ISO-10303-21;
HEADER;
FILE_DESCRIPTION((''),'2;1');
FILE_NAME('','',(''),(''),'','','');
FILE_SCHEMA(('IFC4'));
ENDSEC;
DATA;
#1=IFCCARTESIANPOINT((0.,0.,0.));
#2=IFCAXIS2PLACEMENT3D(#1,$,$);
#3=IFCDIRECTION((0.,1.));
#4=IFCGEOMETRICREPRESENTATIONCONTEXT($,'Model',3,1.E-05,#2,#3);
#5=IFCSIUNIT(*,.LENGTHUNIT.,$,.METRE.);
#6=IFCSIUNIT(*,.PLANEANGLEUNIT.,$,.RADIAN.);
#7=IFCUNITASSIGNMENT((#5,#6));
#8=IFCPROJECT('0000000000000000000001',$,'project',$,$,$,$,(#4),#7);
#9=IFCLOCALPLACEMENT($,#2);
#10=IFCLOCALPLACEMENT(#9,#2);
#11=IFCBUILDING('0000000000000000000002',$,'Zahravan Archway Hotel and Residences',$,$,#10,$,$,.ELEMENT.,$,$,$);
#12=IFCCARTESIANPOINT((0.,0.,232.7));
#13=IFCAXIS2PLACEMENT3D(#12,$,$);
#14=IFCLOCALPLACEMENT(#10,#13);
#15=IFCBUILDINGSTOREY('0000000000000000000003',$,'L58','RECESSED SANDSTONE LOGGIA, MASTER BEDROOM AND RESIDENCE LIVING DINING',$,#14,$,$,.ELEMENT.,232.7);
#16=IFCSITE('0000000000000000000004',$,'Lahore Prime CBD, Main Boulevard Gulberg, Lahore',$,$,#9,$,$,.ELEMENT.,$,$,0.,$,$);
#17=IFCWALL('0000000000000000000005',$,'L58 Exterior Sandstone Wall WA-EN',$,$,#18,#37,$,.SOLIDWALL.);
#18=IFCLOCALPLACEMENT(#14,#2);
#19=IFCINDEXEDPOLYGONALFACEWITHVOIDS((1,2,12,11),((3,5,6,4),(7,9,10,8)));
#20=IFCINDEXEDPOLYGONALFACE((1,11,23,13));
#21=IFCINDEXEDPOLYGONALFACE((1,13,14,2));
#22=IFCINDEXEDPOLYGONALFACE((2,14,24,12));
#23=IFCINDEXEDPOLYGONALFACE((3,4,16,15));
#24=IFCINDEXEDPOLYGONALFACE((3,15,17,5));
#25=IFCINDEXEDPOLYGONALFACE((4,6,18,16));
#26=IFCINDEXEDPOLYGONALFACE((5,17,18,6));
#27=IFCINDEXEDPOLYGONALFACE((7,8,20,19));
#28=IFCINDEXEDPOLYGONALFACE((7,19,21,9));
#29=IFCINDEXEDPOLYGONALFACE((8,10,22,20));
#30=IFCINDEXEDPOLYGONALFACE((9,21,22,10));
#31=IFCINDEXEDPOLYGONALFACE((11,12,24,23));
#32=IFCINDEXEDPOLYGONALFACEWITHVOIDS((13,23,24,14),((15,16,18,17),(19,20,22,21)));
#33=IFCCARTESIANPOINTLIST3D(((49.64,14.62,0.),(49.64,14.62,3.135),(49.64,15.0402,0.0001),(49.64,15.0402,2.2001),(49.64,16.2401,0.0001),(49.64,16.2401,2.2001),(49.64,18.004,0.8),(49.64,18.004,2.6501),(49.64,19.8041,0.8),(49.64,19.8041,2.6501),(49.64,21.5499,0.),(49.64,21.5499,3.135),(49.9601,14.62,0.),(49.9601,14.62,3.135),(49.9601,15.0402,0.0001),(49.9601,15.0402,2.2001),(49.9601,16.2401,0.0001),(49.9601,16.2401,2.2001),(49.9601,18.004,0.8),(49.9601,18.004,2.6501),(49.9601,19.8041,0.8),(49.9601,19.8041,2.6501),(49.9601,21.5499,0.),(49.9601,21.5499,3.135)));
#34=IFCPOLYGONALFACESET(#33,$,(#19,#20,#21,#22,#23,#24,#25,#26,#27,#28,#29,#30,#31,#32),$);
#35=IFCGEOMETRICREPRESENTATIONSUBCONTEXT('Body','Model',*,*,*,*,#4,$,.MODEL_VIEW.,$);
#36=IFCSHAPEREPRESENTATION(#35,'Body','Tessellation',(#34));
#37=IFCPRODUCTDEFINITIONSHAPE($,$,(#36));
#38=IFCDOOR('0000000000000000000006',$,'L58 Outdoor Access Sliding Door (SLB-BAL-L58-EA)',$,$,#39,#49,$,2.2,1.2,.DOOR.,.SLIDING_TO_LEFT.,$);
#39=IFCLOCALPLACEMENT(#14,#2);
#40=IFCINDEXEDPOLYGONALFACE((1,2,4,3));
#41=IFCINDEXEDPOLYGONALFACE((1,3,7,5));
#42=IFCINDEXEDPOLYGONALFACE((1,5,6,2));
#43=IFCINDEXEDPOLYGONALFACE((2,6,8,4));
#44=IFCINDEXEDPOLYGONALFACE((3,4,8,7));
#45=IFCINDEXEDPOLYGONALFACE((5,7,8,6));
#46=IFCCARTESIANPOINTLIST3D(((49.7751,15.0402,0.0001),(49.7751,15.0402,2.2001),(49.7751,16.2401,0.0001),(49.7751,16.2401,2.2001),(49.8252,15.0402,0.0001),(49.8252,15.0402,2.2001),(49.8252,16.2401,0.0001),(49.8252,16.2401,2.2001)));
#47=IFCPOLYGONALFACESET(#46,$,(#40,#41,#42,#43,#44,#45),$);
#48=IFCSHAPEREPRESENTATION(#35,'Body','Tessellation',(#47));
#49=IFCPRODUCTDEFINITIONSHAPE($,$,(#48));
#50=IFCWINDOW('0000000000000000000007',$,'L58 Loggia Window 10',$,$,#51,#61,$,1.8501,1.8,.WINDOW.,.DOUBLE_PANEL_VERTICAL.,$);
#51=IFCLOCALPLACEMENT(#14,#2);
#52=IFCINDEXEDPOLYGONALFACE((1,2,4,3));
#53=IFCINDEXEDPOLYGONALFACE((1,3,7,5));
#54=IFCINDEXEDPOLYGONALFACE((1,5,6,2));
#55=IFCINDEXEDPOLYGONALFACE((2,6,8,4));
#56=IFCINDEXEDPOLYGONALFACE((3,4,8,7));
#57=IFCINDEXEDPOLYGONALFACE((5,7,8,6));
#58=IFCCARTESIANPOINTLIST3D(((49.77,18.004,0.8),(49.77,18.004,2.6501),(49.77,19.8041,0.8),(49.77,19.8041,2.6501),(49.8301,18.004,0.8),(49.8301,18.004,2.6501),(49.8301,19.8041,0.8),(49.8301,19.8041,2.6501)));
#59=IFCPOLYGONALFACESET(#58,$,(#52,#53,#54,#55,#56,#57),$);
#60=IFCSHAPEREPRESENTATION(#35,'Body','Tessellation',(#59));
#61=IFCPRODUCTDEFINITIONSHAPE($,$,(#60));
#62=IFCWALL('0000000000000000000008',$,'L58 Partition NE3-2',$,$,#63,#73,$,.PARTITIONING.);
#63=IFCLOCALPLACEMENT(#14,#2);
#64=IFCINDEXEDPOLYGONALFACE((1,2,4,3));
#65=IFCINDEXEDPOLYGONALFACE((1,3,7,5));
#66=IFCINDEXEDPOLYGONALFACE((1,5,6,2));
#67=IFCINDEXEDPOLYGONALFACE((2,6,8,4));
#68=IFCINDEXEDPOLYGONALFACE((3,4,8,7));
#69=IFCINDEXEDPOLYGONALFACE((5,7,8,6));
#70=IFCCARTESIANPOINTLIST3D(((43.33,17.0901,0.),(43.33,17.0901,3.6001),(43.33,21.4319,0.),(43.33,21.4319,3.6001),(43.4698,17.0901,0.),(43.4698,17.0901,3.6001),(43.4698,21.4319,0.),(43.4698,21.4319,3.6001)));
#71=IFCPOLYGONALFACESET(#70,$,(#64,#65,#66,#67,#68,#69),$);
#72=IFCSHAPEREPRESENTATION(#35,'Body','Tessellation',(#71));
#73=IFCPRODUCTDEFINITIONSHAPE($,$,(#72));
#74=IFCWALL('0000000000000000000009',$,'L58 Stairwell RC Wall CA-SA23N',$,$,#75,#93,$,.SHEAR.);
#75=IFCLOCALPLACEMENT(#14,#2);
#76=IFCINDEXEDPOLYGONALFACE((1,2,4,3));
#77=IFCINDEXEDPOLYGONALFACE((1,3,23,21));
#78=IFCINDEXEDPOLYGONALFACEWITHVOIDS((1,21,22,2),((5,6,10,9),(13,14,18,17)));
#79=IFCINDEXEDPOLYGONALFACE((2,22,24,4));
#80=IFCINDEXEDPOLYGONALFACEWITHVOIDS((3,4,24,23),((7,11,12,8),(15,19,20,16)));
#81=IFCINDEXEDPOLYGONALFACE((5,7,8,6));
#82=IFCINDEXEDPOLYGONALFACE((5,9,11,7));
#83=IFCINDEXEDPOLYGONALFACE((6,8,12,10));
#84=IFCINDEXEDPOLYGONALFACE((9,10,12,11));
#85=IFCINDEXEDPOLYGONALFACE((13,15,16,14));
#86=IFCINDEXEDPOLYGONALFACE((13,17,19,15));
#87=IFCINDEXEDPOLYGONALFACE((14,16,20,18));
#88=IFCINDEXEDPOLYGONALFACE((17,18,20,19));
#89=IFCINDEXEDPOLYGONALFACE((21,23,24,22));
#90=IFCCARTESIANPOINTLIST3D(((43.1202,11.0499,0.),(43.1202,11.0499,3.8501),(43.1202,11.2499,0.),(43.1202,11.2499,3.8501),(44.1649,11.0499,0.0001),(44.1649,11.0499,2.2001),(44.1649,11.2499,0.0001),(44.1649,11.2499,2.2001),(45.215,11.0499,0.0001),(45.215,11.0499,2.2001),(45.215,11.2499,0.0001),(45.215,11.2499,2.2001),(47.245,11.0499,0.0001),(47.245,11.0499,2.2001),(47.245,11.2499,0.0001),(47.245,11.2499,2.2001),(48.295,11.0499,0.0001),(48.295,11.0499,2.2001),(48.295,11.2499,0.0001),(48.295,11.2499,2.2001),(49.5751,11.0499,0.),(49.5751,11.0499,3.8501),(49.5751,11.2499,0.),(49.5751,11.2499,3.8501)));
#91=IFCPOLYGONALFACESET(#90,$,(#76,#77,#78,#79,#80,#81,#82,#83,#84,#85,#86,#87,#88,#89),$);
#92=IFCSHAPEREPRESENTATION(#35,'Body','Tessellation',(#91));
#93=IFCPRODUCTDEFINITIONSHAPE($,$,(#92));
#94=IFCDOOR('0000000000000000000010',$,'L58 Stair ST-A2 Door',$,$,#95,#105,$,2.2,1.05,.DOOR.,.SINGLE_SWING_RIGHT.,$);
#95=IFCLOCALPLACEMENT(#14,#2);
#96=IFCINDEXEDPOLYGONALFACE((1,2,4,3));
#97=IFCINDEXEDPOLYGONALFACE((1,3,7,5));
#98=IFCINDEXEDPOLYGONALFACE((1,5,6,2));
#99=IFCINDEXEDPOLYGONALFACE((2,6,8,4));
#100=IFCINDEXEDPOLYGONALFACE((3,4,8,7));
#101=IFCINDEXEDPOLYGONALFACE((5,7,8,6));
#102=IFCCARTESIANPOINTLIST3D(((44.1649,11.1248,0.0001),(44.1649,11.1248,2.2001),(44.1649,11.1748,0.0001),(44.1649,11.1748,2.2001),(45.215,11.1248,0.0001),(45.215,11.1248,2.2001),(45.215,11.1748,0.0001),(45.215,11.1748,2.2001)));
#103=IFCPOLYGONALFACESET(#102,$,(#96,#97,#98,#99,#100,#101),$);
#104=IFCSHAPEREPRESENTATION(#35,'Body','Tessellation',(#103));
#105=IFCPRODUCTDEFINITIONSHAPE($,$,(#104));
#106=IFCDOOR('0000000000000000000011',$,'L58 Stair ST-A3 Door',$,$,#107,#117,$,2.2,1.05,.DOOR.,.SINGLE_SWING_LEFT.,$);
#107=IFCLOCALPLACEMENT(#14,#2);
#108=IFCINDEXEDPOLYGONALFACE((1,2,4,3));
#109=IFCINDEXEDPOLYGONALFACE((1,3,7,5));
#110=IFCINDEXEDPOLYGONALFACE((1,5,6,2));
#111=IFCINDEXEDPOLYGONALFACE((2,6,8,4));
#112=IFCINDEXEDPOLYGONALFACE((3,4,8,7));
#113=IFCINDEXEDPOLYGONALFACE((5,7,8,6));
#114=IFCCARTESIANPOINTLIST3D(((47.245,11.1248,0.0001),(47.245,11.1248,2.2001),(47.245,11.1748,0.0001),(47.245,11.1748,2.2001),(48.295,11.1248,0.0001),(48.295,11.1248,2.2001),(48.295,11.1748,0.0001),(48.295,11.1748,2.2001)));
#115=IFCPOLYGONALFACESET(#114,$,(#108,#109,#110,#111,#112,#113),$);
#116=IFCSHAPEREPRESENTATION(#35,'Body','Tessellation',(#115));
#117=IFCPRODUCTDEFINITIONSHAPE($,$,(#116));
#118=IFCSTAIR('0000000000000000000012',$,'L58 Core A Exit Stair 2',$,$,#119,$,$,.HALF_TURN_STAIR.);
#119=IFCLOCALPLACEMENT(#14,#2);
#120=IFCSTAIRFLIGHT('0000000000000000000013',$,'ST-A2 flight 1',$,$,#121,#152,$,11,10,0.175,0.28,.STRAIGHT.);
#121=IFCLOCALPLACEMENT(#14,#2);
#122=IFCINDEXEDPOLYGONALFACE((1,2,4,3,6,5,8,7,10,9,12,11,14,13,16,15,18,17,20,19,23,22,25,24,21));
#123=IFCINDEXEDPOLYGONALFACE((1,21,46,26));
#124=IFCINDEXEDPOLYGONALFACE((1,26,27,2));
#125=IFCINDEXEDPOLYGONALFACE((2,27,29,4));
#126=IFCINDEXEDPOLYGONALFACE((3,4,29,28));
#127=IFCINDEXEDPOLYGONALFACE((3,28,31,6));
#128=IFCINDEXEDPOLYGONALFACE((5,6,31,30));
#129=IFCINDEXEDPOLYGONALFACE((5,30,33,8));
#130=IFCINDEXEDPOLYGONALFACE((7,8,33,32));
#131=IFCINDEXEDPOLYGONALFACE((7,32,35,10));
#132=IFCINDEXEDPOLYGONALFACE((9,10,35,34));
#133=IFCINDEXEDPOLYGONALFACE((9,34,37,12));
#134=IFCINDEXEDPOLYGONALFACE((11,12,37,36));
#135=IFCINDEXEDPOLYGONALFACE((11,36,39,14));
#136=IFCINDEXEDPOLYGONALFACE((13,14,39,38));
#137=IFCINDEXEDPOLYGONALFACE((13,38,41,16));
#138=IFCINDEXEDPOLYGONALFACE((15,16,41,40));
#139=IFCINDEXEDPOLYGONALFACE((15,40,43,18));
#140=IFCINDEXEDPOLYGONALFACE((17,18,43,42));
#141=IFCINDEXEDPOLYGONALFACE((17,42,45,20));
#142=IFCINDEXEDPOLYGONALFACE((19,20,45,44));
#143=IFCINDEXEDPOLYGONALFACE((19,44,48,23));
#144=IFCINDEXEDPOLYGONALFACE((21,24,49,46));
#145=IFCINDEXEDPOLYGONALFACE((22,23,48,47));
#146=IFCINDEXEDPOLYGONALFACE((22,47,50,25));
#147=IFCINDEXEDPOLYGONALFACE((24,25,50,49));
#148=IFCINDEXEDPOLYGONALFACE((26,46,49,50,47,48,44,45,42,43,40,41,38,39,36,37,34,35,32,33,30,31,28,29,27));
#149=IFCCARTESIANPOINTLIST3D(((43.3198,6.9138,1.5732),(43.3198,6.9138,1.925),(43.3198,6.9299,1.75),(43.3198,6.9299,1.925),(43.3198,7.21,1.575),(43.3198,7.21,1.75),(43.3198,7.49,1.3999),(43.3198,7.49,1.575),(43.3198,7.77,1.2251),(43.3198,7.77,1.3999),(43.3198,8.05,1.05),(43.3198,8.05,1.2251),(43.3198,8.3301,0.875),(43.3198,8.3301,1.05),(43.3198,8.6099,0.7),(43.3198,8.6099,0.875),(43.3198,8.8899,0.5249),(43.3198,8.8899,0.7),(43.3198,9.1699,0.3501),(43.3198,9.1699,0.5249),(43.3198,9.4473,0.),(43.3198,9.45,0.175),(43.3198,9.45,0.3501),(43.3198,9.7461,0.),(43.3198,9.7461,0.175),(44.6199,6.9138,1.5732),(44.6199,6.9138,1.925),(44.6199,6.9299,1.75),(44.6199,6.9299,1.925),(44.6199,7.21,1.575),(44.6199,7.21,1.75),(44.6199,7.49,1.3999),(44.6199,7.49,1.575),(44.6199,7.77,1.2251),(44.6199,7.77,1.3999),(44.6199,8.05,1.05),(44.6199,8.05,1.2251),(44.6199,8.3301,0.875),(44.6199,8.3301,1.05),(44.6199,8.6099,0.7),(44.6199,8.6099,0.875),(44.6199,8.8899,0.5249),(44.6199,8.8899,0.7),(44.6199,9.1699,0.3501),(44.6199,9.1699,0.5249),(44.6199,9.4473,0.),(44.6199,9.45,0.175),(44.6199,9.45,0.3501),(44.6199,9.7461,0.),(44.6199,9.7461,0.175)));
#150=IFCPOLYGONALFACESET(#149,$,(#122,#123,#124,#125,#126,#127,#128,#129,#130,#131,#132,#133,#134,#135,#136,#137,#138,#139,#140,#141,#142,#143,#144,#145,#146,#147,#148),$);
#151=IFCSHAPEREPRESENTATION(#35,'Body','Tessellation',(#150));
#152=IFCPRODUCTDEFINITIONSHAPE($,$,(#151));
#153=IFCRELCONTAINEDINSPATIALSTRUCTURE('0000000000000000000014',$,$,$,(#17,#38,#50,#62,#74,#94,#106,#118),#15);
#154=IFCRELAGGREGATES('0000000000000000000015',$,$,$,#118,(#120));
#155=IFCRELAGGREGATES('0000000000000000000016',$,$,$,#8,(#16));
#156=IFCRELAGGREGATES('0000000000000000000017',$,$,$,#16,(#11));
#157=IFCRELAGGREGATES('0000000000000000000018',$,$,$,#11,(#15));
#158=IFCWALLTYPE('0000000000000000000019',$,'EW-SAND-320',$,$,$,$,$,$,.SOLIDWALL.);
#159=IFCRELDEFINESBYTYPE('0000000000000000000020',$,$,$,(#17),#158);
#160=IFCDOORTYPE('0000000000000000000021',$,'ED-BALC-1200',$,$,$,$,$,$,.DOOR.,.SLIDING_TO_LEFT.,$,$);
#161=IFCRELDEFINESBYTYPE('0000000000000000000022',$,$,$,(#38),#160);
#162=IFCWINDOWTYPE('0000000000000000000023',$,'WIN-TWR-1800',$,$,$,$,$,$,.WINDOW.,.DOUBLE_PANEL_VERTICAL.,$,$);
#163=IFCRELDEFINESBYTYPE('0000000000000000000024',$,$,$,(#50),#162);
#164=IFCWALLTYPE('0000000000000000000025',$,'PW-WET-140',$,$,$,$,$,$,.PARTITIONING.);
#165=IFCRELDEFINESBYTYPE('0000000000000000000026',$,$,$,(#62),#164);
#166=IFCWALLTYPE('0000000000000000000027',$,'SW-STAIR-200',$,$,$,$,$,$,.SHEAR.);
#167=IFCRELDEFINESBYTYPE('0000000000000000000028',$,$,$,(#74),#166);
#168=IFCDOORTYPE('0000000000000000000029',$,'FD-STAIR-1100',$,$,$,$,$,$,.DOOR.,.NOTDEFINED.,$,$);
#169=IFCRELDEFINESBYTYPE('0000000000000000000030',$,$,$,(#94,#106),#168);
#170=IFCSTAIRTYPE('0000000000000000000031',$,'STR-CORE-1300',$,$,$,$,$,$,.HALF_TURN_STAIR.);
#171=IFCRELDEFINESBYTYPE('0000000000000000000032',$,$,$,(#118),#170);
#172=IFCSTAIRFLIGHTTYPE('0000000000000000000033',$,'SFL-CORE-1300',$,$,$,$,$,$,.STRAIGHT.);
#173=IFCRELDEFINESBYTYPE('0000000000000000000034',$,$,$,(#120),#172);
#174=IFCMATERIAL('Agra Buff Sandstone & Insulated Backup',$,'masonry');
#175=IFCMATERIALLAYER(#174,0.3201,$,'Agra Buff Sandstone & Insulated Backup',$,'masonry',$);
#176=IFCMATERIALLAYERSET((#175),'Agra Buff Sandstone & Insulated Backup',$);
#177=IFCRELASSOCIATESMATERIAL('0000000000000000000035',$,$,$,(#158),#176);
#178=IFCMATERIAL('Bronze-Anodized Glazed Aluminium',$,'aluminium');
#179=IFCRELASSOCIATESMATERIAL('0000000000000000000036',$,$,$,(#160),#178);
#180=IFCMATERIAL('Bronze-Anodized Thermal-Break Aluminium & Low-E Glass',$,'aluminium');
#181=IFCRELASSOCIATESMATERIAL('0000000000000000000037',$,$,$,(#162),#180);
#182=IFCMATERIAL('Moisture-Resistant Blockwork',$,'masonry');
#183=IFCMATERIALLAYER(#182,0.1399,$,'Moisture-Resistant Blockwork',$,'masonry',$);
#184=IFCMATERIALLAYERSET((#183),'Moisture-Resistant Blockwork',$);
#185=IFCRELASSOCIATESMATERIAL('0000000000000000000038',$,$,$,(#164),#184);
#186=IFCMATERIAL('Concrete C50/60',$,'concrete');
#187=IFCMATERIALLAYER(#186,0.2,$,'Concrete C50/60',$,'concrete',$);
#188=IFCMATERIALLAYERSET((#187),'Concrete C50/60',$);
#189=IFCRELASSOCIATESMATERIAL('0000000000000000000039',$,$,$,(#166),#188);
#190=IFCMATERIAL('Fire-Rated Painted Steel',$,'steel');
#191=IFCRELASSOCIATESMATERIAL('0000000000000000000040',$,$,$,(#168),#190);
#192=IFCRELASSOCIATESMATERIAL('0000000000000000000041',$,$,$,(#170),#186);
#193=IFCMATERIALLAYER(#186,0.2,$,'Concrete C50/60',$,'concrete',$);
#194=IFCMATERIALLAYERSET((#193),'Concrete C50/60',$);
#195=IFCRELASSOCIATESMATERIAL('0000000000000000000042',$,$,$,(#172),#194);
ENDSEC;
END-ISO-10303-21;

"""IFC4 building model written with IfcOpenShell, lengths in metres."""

from ifc_helpers import new_model, si_unit, direction, frame, frame_2d, origin, place, context, subcontext, project, spatial, polyline, rectangle, outline, extrude, source, transform, mapped, material, layer, layer_set, type_object, type_shapes, element, fill, aggregate, save


model = new_model("IFC4")

# Units and contexts
model_context = context("Model", 3, precision=1e-05, world=origin(), true_north=direction((0.0, 1.0)))
body_context = subcontext(model_context, "Body", "Model", "MODEL_VIEW")
ifc_project = project(units=[si_unit("LENGTHUNIT", "METRE"), si_unit("PLANEANGLEUNIT", "RADIAN")], contexts=[model_context])

# Site, building, storey
site_placement = place(None, origin())
site = spatial("IfcSite", under=ifc_project, at=site_placement, Name="Lahore Prime CBD, Main Boulevard Gulberg, Lahore", CompositionType="ELEMENT", RefElevation=0.0)
building_placement = place(site_placement, origin())
building = spatial("IfcBuilding", under=site, at=building_placement, Name="Zahravan Archway Hotel and Residences", CompositionType="ELEMENT")
storey_placement = place(building_placement, frame((0.0, 0.0, 232.7)))
storey = spatial("IfcBuildingStorey", under=building, at=storey_placement, Name="L58", Description="RECESSED SANDSTONE LOGGIA, MASTER BEDROOM AND RESIDENCE LIVING DINING", CompositionType="ELEMENT", Elevation=232.7)

# Wall, openings, door, window
ifc_material_1 = material(Name="Agra Buff Sandstone & Insulated Backup", Category="masonry")
ifc_layer_1 = layer(ifc_material_1, 0.3201, Name="Agra Buff Sandstone & Insulated Backup", Category="masonry")
ifc_layer_set_1 = layer_set([ifc_layer_1], Name="Agra Buff Sandstone & Insulated Backup")
wall_type_1 = type_object("IfcWallType", Name="EW-SAND-320", PredefinedType="SOLIDWALL", material=ifc_layer_set_1)
wall_1_placement = place(storey_placement, frame((49.8, 14.6201, 0.0), z_axis=(0.0, 0.0, 1.0), x_axis=(0.0, 1.0, 0.0)))
wall_1 = element("IfcWall", 1, at=wall_1_placement, inside=storey, type_object=wall_type_1, Name="L58 Exterior Sandstone Wall WA-EN", PredefinedType="SOLIDWALL", context=body_context, shape_type="SweptSolid", body=[
    extrude(rectangle(XDim=6.9299, YDim=0.3201, at=frame_2d((3.4648, 0.0))), origin(), (0.0, 0.0, 1.0), 3.135),
])
opening_1_placement = place(wall_1_placement, frame((0.4199, 0.0, 0.0)))
opening_1 = element("IfcOpeningElement", 2, at=opening_1_placement, cuts=wall_1, PredefinedType="OPENING", context=body_context, shape_type="SweptSolid", body=[
    extrude(rectangle(XDim=1.2, YDim=2.2, at=frame_2d((0.6001, 1.1001))), frame((0.0, 0.1699, 0.0), z_axis=(0.0, -1.0, 0.0), x_axis=(1.0, 0.0, 0.0)), (0.0, 0.0, 1.0), 0.3401),
])
opening_2_placement = place(wall_1_placement, frame((3.384, 0.0, 0.8)))
opening_2 = element("IfcOpeningElement", 3, at=opening_2_placement, cuts=wall_1, PredefinedType="OPENING", context=body_context, shape_type="SweptSolid", body=[
    extrude(rectangle(XDim=1.8, YDim=1.8501, at=frame_2d((0.8999, 0.925))), frame((0.0, 0.1699, 0.0), z_axis=(0.0, -1.0, 0.0), x_axis=(1.0, 0.0, 0.0)), (0.0, 0.0, 1.0), 0.3401),
])
ifc_material_2 = material(Name="Bronze-Anodized Glazed Aluminium", Category="aluminium")
door_type_1 = type_object("IfcDoorType", Name="ED-BALC-1200", OperationType="SLIDING_TO_LEFT", PredefinedType="DOOR", material=ifc_material_2)
shared_shape_1 = source(origin(), body_context, "Body", "SweptSolid", [
    extrude(rectangle(XDim=1.2, YDim=2.2, at=frame_2d((0.6001, 1.1001))), frame((0.0, 0.0249, 0.0), z_axis=(0.0, -1.0, 0.0), x_axis=(1.0, 0.0, 0.0)), (0.0, 0.0, 1.0), 0.05),
])
type_shapes(door_type_1, [shared_shape_1])
door_1_placement = place(opening_1_placement, origin())
door_1 = element("IfcDoor", 4, at=door_1_placement, inside=storey, type_object=door_type_1, Name="L58 Outdoor Access Sliding Door (SLB-BAL-L58-EA)", OperationType="SLIDING_TO_LEFT", OverallHeight=2.2, OverallWidth=1.2, PredefinedType="DOOR", context=body_context, shape_type="MappedRepresentation", body=[
    mapped(shared_shape_1, transform((0.0, 0.0, 0.0), scale=1.0)),
])
fill(opening_1, door_1)
ifc_material_3 = material(Name="Bronze-Anodized Thermal-Break Aluminium & Low-E Glass", Category="aluminium")
window_type = type_object("IfcWindowType", Name="WIN-TWR-1800", PartitioningType="DOUBLE_PANEL_VERTICAL", PredefinedType="WINDOW", material=ifc_material_3)
shared_shape_2 = source(origin(), body_context, "Body", "SweptSolid", [
    extrude(rectangle(XDim=1.8, YDim=1.8501, at=frame_2d((0.8999, 0.925))), frame((0.0, 0.03, 0.0), z_axis=(0.0, -1.0, 0.0), x_axis=(1.0, 0.0, 0.0)), (0.0, 0.0, 1.0), 0.0601),
])
type_shapes(window_type, [shared_shape_2])
window_placement = place(opening_2_placement, origin())
window = element("IfcWindow", 5, at=window_placement, inside=storey, type_object=window_type, Name="L58 Loggia Window 10", OverallHeight=1.8501, OverallWidth=1.8, PartitioningType="DOUBLE_PANEL_VERTICAL", PredefinedType="WINDOW", context=body_context, shape_type="MappedRepresentation", body=[
    mapped(shared_shape_2, transform((0.0, 0.0, 0.0), scale=1.0)),
])
fill(opening_2, window)

# Shared definitions
ifc_material_4 = material(Name="Fire-Rated Painted Steel", Category="steel")

# Wall
ifc_material_5 = material(Name="Moisture-Resistant Blockwork", Category="masonry")
ifc_layer_2 = layer(ifc_material_5, 0.1399, Name="Moisture-Resistant Blockwork", Category="masonry")
ifc_layer_set_2 = layer_set([ifc_layer_2], Name="Moisture-Resistant Blockwork")
wall_type_2 = type_object("IfcWallType", Name="PW-WET-140", PredefinedType="PARTITIONING", material=ifc_layer_set_2)
wall_2_placement = place(storey_placement, frame((43.3999, 17.0901, 0.0), z_axis=(0.0, 0.0, 1.0), x_axis=(0.0, 1.0, 0.0)))
element("IfcWall", 6, at=wall_2_placement, inside=storey, type_object=wall_type_2, Name="L58 Partition NE3-2", PredefinedType="PARTITIONING", context=body_context, shape_type="SweptSolid", body=[
    extrude(rectangle(XDim=4.3418, YDim=0.1399, at=frame_2d((2.1709, 0.0))), origin(), (0.0, 0.0, 1.0), 3.6001),
])

# Wall, openings, doors
ifc_material_6 = material(Name="Concrete C50/60", Category="concrete")
ifc_layer_3 = layer(ifc_material_6, 0.2, Name="Concrete C50/60", Category="concrete")
ifc_layer_set_3 = layer_set([ifc_layer_3], Name="Concrete C50/60")
wall_type_3 = type_object("IfcWallType", Name="SW-STAIR-200", PredefinedType="SHEAR", material=ifc_layer_set_3)
wall_3_placement = place(storey_placement, frame((43.1201, 11.1499, 0.0), z_axis=(0.0, 0.0, 1.0), x_axis=(1.0, 0.0, 0.0)))
wall_3 = element("IfcWall", 7, at=wall_3_placement, inside=storey, type_object=wall_type_3, Name="L58 Stairwell RC Wall CA-SA23N", PredefinedType="SHEAR", context=body_context, shape_type="SweptSolid", body=[
    extrude(rectangle(XDim=6.4548, YDim=0.2, at=frame_2d((3.2275, 0.0))), origin(), (0.0, 0.0, 1.0), 3.8501),
])
opening_3_placement = place(wall_3_placement, frame((1.0449, 0.0, 0.0)))
opening_3 = element("IfcOpeningElement", 8, at=opening_3_placement, cuts=wall_3, PredefinedType="OPENING", context=body_context, shape_type="SweptSolid", body=[
    extrude(rectangle(XDim=1.05, YDim=2.2, at=frame_2d((0.5249, 1.1001))), frame((0.0, 0.1099, 0.0), z_axis=(0.0, -1.0, 0.0), x_axis=(1.0, 0.0, 0.0)), (0.0, 0.0, 1.0), 0.22),
])
opening_4_placement = place(wall_3_placement, frame((4.125, 0.0, 0.0)))
opening_4 = element("IfcOpeningElement", 9, at=opening_4_placement, cuts=wall_3, PredefinedType="OPENING", context=body_context, shape_type="SweptSolid", body=[
    extrude(rectangle(XDim=1.05, YDim=2.2, at=frame_2d((0.5249, 1.1001))), frame((0.0, 0.1099, 0.0), z_axis=(0.0, -1.0, 0.0), x_axis=(1.0, 0.0, 0.0)), (0.0, 0.0, 1.0), 0.22),
])
door_type_2 = type_object("IfcDoorType", Name="FD-STAIR-1100", OperationType="NOTDEFINED", PredefinedType="DOOR", material=ifc_material_4)
shared_shape_3 = source(origin(), body_context, "Body", "SweptSolid", [
    extrude(rectangle(XDim=1.05, YDim=2.2, at=frame_2d((0.5249, 1.1001))), frame((0.0, 0.0249, 0.0), z_axis=(0.0, -1.0, 0.0), x_axis=(1.0, 0.0, 0.0)), (0.0, 0.0, 1.0), 0.05),
])
type_shapes(door_type_2, [shared_shape_3])
door_2_placement = place(opening_3_placement, origin())
door_2 = element("IfcDoor", 10, at=door_2_placement, inside=storey, type_object=door_type_2, Name="L58 Stair ST-A2 Door", OperationType="SINGLE_SWING_RIGHT", OverallHeight=2.2, OverallWidth=1.05, PredefinedType="DOOR", context=body_context, shape_type="MappedRepresentation", body=[
    mapped(shared_shape_3, transform((0.0, 0.0, 0.0), scale=1.0)),
])
fill(opening_3, door_2)
door_3_placement = place(opening_4_placement, origin())
door_3 = element("IfcDoor", 11, at=door_3_placement, inside=storey, type_object=door_type_2, Name="L58 Stair ST-A3 Door", OperationType="SINGLE_SWING_LEFT", OverallHeight=2.2, OverallWidth=1.05, PredefinedType="DOOR", context=body_context, shape_type="MappedRepresentation", body=[
    mapped(shared_shape_3, transform((0.0, 0.0, 0.0), scale=1.0)),
])
fill(opening_4, door_3)

# Stair, stair flight
stair_type = type_object("IfcStairType", Name="STR-CORE-1300", PredefinedType="HALF_TURN_STAIR", material=ifc_material_6)
stair_1_placement = place(storey_placement, origin())
stair_1 = element("IfcStair", 12, at=stair_1_placement, inside=storey, type_object=stair_type, Name="L58 Core A Exit Stair 2", PredefinedType="HALF_TURN_STAIR")
ifc_layer_4 = layer(ifc_material_6, 0.2, Name="Concrete C50/60", Category="concrete")
ifc_layer_set_4 = layer_set([ifc_layer_4], Name="Concrete C50/60")
stair_flight_type = type_object("IfcStairFlightType", Name="SFL-CORE-1300", PredefinedType="STRAIGHT", material=ifc_layer_set_4)
shared_shape_4 = source(origin(), body_context, "Body", "SweptSolid", [
    extrude(outline(polyline([(-0.0161, 0.0), (-0.0161, 0.175), (0.28, 0.175), (0.28, 0.3501), (0.5601, 0.3501), (0.5601, 0.5249), (0.8401, 0.5249), (0.8401, 0.7), (1.1201, 0.7), (1.1201, 0.875), (1.3999, 0.875), (1.3999, 1.05), (1.6799, 1.05), (1.6799, 1.2251), (1.96, 1.2251), (1.96, 1.3999), (2.24, 1.3999), (2.24, 1.575), (2.52, 1.575), (2.52, 1.75), (2.8, 1.75), (2.8, 1.925), (2.8162, 1.925), (2.8162, 1.5732), (0.2827, 0.0), (-0.0161, 0.0)])), frame((0.0, 0.6499, 0.0), z_axis=(0.0, -1.0, 0.0), x_axis=(1.0, 0.0, 0.0)), (0.0, 0.0, 1.0), 1.3),
])
stair_flight_1_placement = place(storey_placement, frame((43.97, 9.73, 0.0), z_axis=(0.0, 0.0, 1.0), x_axis=(0.0, -1.0, 0.0)))
stair_flight_1 = element("IfcStairFlight", 13, at=stair_flight_1_placement, type_object=stair_flight_type, Name="ST-A2 flight 1", NumberOfRisers=11, NumberOfTreads=10, PredefinedType="STRAIGHT", RiserHeight=0.175, TreadLength=0.28, context=body_context, shape_type="MappedRepresentation", body=[
    mapped(shared_shape_4, transform((0.0, 0.0, 0.0), scale=1.0)),
])
aggregate(stair_1, [stair_flight_1])

save(model, "model.ifc")
